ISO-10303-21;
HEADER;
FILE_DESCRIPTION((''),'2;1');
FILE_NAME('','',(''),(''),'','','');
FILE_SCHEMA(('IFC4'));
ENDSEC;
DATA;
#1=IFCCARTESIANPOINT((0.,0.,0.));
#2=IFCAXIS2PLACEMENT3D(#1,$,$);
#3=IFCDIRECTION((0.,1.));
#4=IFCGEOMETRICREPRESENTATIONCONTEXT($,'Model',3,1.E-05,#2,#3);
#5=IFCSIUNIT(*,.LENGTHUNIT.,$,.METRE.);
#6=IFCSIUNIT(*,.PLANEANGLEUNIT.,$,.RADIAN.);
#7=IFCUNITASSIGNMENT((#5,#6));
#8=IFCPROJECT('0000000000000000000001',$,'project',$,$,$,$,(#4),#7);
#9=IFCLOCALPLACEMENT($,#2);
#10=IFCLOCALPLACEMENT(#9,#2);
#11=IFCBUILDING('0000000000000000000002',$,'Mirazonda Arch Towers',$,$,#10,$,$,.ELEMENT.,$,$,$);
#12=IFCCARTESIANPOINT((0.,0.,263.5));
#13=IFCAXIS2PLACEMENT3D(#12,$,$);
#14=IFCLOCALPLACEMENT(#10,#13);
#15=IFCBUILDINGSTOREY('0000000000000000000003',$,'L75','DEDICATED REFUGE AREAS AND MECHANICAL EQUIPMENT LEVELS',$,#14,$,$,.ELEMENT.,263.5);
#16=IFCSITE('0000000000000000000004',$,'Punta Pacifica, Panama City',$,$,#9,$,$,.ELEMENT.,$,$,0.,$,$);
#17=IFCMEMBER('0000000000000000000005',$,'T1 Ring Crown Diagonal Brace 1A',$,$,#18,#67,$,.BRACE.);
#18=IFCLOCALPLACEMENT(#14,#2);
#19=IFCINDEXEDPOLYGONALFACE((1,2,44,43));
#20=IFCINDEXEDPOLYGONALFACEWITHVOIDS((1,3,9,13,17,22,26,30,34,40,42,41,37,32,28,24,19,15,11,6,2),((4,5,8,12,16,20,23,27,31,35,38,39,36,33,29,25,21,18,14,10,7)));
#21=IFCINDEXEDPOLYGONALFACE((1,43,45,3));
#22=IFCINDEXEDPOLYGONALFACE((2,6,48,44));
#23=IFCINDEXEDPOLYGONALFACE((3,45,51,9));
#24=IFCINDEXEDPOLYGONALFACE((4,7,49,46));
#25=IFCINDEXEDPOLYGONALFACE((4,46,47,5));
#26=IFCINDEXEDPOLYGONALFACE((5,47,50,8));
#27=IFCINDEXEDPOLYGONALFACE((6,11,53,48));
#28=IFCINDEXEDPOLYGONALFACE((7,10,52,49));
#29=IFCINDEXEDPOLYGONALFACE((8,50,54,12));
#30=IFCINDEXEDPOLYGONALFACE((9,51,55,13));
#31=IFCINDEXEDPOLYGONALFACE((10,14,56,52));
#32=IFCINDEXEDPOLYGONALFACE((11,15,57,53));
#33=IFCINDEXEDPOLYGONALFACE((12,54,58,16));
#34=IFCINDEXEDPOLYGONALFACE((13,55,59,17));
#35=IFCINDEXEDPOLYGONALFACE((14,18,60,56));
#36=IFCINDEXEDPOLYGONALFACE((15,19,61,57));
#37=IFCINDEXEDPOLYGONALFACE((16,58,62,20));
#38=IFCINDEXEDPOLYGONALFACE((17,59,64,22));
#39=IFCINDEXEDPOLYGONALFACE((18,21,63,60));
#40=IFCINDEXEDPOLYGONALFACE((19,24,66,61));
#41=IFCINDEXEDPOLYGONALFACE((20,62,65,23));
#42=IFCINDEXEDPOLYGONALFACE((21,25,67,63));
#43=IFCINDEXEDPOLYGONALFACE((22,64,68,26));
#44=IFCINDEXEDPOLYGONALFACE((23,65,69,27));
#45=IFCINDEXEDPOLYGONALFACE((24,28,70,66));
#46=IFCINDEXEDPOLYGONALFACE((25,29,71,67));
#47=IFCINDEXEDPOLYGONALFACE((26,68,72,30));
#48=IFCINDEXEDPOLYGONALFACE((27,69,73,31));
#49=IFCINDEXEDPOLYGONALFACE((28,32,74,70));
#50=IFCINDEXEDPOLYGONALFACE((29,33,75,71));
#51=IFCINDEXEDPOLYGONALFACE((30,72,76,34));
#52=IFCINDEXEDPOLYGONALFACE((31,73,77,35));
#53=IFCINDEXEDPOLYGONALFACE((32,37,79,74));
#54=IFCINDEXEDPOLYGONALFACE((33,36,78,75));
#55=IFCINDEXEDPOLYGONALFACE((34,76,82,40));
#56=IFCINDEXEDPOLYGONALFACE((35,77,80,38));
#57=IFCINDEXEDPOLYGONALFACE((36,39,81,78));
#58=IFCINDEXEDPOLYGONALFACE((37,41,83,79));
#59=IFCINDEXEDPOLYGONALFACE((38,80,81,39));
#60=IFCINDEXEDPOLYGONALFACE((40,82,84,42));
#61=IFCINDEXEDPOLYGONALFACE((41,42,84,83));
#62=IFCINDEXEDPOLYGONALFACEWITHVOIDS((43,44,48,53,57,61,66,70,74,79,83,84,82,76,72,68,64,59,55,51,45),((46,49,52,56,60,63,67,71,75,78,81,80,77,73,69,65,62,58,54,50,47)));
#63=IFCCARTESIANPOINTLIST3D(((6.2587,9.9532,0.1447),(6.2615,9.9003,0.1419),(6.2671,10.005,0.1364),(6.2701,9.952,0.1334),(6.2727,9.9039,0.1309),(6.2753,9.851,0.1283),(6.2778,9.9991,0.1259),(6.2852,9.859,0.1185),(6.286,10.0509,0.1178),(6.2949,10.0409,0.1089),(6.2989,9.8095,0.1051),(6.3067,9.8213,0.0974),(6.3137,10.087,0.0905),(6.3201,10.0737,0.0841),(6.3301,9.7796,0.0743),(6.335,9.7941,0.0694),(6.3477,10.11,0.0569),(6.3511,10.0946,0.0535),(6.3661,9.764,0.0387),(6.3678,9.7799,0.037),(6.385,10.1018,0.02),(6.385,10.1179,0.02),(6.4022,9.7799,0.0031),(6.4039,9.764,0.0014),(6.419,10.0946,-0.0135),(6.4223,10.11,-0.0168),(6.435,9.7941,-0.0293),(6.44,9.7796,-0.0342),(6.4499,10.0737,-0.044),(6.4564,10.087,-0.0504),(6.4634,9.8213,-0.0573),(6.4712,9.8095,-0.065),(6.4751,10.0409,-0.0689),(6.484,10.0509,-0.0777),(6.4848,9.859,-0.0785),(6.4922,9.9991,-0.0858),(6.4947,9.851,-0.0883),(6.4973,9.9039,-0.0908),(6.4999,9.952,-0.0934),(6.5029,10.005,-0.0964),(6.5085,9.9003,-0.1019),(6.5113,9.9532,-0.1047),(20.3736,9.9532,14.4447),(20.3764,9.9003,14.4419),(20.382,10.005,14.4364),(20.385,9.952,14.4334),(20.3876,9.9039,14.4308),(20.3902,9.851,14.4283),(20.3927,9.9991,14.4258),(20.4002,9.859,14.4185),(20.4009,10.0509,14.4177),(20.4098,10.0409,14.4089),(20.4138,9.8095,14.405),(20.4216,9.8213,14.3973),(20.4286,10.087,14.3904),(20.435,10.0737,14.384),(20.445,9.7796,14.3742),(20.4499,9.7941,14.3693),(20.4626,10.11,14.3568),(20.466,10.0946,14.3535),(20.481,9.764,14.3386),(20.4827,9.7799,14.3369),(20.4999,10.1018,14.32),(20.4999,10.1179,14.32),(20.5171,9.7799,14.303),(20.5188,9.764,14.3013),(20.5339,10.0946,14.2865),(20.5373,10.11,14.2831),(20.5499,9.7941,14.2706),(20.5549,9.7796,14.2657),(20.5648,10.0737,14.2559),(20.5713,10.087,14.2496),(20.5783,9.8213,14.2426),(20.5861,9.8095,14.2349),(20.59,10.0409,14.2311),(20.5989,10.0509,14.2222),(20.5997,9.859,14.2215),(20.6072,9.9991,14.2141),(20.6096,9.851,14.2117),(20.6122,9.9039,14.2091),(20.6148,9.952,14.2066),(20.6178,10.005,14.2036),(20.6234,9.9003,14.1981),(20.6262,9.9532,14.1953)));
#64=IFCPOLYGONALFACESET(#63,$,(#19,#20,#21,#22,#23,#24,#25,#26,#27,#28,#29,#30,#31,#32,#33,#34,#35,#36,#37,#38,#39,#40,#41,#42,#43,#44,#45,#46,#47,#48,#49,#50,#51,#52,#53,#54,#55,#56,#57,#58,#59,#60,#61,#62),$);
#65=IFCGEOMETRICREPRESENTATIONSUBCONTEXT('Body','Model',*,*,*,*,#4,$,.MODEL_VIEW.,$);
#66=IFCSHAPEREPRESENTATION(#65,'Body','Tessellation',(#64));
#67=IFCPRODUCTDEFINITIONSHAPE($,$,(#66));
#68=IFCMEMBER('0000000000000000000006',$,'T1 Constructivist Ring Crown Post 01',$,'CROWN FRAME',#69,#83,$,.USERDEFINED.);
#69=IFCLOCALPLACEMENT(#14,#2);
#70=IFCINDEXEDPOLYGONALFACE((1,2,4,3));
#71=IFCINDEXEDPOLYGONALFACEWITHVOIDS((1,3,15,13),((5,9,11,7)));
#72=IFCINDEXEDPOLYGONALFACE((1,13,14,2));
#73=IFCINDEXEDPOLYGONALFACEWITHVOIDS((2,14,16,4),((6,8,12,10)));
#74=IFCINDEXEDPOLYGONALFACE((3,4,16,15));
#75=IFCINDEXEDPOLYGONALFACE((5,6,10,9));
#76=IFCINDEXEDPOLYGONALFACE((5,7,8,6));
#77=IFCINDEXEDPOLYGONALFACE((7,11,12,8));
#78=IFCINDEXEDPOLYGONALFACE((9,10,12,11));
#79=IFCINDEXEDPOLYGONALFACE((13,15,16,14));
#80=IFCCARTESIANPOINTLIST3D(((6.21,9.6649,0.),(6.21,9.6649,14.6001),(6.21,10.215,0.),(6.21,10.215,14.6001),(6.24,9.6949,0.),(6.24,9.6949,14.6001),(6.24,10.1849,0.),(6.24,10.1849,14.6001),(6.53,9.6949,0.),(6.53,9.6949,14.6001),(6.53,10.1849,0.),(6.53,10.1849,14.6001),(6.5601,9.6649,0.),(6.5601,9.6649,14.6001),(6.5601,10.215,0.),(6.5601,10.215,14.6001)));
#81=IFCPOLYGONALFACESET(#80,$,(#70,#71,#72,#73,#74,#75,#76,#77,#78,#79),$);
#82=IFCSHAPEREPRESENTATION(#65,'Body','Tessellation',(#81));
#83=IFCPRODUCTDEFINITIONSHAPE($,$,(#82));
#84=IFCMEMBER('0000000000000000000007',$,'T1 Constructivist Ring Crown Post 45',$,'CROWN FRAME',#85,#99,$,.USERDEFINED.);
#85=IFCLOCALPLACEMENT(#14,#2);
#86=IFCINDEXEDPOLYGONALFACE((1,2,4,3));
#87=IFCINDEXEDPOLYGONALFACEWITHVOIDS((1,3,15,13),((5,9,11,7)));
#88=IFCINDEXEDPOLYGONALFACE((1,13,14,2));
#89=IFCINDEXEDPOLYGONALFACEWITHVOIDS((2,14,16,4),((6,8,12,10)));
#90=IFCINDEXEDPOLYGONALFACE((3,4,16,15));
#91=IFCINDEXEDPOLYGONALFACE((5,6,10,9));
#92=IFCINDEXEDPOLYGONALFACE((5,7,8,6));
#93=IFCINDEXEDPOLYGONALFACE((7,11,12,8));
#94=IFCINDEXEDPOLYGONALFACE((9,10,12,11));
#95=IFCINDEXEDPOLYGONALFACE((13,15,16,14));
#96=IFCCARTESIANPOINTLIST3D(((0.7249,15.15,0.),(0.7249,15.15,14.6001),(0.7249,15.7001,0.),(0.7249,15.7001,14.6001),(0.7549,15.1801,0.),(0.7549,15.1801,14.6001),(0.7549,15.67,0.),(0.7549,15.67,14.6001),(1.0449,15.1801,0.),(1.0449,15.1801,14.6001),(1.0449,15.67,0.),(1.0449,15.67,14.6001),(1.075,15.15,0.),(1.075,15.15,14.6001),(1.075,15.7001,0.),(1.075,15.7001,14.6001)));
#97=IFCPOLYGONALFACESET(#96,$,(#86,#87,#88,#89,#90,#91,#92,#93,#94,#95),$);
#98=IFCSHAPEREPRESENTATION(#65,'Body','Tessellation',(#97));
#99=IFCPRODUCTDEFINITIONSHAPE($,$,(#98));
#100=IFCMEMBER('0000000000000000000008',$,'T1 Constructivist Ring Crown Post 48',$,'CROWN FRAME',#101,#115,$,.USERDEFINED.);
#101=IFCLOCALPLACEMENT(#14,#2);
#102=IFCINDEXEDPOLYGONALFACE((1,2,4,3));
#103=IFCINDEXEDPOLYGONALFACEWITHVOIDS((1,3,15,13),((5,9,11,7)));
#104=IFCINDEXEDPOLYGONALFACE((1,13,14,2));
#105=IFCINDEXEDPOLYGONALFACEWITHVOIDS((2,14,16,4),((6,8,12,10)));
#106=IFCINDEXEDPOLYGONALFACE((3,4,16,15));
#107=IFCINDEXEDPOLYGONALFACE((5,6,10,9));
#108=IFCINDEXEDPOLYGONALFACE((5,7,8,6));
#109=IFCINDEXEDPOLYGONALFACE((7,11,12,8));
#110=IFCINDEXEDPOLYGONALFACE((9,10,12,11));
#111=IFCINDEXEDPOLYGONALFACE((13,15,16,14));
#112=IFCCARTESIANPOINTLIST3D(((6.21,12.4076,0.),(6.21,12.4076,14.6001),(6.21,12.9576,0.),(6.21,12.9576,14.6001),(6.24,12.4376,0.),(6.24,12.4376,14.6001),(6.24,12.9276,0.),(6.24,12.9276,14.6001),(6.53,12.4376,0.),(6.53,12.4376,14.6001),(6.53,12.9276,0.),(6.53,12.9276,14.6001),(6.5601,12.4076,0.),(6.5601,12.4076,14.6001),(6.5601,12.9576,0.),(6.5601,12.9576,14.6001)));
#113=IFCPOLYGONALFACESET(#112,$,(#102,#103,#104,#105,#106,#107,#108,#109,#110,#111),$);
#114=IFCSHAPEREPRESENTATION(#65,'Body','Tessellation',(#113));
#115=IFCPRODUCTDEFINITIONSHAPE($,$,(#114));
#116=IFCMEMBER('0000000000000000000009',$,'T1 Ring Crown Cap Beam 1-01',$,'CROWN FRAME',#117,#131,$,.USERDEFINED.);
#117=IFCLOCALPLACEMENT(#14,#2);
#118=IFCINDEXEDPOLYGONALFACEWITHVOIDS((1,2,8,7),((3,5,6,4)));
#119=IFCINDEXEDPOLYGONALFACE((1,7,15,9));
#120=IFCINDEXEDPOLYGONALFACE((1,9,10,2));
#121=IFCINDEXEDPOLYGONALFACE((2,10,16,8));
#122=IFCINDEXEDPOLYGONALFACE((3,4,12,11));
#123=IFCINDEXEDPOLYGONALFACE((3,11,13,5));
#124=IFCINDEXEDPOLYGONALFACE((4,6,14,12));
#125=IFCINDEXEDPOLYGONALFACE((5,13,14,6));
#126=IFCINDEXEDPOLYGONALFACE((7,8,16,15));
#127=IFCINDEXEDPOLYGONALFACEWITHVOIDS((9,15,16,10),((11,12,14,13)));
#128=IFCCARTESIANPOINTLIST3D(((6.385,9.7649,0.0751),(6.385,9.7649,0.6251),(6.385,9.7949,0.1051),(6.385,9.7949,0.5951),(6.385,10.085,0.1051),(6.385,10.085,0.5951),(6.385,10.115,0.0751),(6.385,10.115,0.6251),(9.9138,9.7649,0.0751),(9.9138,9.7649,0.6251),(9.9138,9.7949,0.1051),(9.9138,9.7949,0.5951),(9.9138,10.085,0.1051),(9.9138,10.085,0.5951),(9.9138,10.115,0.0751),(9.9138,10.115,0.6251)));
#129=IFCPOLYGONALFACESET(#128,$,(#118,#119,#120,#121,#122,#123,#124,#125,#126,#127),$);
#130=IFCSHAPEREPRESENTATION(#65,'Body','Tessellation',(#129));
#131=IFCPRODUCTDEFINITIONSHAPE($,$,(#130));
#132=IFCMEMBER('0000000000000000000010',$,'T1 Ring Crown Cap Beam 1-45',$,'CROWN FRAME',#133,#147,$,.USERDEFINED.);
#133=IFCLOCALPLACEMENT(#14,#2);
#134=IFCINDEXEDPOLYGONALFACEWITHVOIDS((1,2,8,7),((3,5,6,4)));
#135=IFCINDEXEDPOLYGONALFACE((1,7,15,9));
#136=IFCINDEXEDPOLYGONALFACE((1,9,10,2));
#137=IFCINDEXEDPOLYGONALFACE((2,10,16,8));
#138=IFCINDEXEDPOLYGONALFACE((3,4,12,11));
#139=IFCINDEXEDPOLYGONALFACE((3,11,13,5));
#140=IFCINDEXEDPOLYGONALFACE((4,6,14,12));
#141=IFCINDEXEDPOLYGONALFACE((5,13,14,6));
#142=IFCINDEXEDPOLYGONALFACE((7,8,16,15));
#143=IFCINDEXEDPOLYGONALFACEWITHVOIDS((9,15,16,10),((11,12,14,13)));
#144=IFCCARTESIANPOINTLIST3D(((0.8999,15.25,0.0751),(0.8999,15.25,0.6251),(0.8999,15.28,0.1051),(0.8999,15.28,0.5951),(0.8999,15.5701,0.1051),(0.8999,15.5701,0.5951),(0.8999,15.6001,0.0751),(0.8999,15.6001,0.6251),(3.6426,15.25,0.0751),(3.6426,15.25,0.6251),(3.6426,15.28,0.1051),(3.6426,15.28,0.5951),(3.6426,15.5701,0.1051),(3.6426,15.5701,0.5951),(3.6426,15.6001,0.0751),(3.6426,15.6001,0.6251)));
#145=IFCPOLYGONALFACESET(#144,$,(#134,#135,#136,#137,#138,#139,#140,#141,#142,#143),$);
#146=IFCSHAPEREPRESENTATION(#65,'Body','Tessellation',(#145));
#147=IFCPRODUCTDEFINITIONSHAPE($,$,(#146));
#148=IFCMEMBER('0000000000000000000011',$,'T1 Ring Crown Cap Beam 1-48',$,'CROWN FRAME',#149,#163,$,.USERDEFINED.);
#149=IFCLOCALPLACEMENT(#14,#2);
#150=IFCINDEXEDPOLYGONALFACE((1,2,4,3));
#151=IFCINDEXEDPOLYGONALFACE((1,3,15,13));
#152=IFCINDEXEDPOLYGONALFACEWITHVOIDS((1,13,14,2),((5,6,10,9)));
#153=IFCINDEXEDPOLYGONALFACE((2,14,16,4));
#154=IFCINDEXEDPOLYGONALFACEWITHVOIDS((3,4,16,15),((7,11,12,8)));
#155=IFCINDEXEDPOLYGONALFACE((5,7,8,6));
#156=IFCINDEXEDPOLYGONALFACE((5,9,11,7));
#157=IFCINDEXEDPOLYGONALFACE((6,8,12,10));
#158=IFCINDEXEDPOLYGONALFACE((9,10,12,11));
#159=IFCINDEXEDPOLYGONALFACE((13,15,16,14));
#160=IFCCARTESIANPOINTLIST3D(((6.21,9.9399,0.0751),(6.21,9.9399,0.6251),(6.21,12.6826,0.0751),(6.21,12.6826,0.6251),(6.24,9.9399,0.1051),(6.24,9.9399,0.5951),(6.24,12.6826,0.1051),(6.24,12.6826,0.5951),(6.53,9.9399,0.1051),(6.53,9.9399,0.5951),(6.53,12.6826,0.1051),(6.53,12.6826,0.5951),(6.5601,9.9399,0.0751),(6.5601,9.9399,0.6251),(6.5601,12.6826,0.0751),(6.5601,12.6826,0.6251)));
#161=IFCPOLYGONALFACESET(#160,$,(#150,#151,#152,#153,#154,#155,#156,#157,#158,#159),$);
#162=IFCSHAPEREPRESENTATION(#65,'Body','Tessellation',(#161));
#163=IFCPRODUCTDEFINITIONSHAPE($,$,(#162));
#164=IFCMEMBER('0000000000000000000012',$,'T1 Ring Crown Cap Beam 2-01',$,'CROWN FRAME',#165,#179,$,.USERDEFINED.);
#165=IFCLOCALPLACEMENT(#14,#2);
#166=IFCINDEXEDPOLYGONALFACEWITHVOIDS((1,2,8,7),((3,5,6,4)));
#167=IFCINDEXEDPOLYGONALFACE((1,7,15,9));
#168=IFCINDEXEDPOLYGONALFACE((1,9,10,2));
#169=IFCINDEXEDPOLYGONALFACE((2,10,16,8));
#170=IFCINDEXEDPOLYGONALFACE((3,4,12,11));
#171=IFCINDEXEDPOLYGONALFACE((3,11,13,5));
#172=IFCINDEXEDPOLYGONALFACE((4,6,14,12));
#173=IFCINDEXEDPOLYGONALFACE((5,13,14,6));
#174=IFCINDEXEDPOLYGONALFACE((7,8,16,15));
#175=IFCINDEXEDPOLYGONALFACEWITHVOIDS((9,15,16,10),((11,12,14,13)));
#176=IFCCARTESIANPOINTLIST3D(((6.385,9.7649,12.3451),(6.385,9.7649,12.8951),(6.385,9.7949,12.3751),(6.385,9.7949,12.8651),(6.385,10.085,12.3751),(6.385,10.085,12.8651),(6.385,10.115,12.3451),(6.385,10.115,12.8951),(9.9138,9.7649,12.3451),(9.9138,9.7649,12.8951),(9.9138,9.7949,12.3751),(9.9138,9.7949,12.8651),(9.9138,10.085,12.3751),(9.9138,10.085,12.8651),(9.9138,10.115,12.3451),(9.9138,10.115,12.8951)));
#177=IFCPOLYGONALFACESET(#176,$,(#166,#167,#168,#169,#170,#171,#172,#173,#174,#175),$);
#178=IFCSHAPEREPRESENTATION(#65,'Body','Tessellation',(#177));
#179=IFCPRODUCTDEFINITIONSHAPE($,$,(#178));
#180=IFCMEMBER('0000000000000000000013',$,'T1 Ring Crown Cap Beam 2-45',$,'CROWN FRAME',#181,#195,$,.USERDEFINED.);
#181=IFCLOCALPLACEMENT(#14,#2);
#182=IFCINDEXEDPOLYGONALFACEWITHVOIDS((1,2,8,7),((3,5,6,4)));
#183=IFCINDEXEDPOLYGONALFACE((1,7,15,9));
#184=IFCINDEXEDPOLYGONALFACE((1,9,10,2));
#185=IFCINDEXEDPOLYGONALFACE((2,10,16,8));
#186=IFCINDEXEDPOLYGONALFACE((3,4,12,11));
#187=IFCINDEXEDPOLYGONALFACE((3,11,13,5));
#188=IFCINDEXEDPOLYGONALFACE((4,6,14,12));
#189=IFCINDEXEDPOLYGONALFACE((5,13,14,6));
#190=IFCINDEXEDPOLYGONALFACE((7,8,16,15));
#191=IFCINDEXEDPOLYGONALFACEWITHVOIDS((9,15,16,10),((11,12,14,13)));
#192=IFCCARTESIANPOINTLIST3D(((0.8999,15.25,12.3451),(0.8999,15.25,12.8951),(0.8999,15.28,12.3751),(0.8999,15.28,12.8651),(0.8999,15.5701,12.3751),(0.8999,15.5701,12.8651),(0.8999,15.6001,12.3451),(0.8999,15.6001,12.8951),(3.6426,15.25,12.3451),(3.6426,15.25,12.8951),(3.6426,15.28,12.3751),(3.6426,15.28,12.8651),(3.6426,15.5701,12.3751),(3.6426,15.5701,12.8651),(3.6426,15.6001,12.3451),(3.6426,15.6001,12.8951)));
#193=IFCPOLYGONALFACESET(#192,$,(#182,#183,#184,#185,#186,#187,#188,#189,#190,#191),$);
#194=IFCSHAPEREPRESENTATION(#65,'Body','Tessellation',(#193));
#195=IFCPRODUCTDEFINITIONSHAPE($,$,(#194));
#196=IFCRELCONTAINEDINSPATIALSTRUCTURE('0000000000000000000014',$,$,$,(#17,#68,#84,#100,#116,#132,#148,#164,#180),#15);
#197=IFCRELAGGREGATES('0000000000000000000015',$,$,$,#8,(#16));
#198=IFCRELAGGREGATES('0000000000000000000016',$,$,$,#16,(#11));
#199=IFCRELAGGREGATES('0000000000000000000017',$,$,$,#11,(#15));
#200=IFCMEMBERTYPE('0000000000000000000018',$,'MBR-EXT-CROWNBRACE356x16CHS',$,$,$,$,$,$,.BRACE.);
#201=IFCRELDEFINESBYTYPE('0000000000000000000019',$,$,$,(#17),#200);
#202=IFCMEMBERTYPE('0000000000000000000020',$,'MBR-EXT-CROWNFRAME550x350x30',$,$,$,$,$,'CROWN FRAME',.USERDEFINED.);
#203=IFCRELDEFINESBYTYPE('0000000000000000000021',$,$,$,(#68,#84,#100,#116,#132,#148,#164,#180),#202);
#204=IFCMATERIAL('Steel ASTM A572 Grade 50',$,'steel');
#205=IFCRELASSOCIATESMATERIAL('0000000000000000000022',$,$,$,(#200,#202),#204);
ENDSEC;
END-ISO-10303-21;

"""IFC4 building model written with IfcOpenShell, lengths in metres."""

from ifc_helpers import new_model, si_unit, direction, frame, origin, origin_2d, place, context, subcontext, project, spatial, hollow_rectangle, hollow_circle, extrude, material, material_profile, profile_set, type_object, element, save


model = new_model("IFC4")

# Units and contexts
model_context = context("Model", 3, precision=1e-05, world=origin(), true_north=direction((0.0, 1.0)))
body_context = subcontext(model_context, "Body", "Model", "MODEL_VIEW")
ifc_project = project(units=[si_unit("LENGTHUNIT", "METRE"), si_unit("PLANEANGLEUNIT", "RADIAN")], contexts=[model_context])

# Site, building, storey
site_placement = place(None, origin())
site = spatial("IfcSite", under=ifc_project, at=site_placement, Name="Punta Pacifica, Panama City", CompositionType="ELEMENT", RefElevation=0.0)
building_placement = place(site_placement, origin())
building = spatial("IfcBuilding", under=site, at=building_placement, Name="Mirazonda Arch Towers", CompositionType="ELEMENT")
storey_placement = place(building_placement, frame((0.0, 0.0, 263.5)))
storey = spatial("IfcBuildingStorey", under=building, at=storey_placement, Name="L75", Description="DEDICATED REFUGE AREAS AND MECHANICAL EQUIPMENT LEVELS", CompositionType="ELEMENT", Elevation=263.5)

# Members
ifc_material_1 = material(Name="Steel ASTM A572 Grade 50", Category="steel")
ifc_material_profile_1 = material_profile(ifc_material_1, hollow_circle(Radius=0.178, WallThickness=0.0161, at=origin_2d()), Name="CROWNBRACE356x16CHS")
ifc_profile_set_1 = profile_set([ifc_material_profile_1], Name="Steel ASTM A572 Grade 50")
member_type_1 = type_object("IfcMemberType", Name="MBR-EXT-CROWNBRACE356x16CHS", PredefinedType="BRACE", material=ifc_profile_set_1)
member_1_placement = place(storey_placement, frame((6.385, 9.9399, 0.02), z_axis=(0.702487, 0.0, 0.711697), x_axis=(0.0, 1.0, 0.0)))
element("IfcMember", 1, at=member_1_placement, inside=storey, type_object=member_type_1, Name="T1 Ring Crown Diagonal Brace 1A", PredefinedType="BRACE", context=body_context, shape_type="SweptSolid", body=[
    extrude(hollow_circle(Radius=0.178, WallThickness=0.0161, at=origin_2d()), origin(), (0.0, 0.0, 1.0), 20.0928),
])
ifc_material_profile_2 = material_profile(ifc_material_1, hollow_rectangle(XDim=0.3501, YDim=0.55, WallThickness=0.03, at=origin_2d()), Name="CROWNFRAME550x350x30")
ifc_profile_set_2 = profile_set([ifc_material_profile_2], Name="Steel ASTM A572 Grade 50")
member_type_2 = type_object("IfcMemberType", Name="MBR-EXT-CROWNFRAME550x350x30", ElementType="CROWN FRAME", PredefinedType="USERDEFINED", material=ifc_profile_set_2)
for number, where, z_axis, x_axis, name in (
    (2, (6.385, 9.9399, 0.0), (0.0, 0.0, 1.0), (1.0, 0.0, 0.0), "T1 Constructivist Ring Crown Post 01"),
    (3, (0.8999, 15.425, 0.0), (0.0, 0.0, 1.0), (1.0, 0.0, 0.0), "T1 Constructivist Ring Crown Post 45"),
    (4, (6.385, 12.6826, 0.0), (0.0, 0.0, 1.0), (1.0, 0.0, 0.0), "T1 Constructivist Ring Crown Post 48"),
):
    element("IfcMember", number, at=place(storey_placement, frame(where, z_axis=z_axis, x_axis=x_axis)), inside=storey, type_object=member_type_2, Name=name, ObjectType="CROWN FRAME", PredefinedType="USERDEFINED", context=body_context, shape_type="SweptSolid", body=[
        extrude(hollow_rectangle(XDim=0.3501, YDim=0.55, WallThickness=0.03, at=origin_2d()), origin(), (0.0, 0.0, 1.0), 14.6001),
    ])
member_2_placement = place(storey_placement, frame((6.385, 9.9399, 0.3501), z_axis=(1.0, 0.0, 0.0), x_axis=(0.0, 1.0, 0.0)))
element("IfcMember", 5, at=member_2_placement, inside=storey, type_object=member_type_2, Name="T1 Ring Crown Cap Beam 1-01", ObjectType="CROWN FRAME", PredefinedType="USERDEFINED", context=body_context, shape_type="SweptSolid", body=[
    extrude(hollow_rectangle(XDim=0.3501, YDim=0.55, WallThickness=0.03, at=origin_2d()), origin(), (0.0, 0.0, 1.0), 3.5288),
])
for number, where, z_axis, x_axis, name in (
    (6, (0.8999, 15.425, 0.3501), (1.0, 0.0, 0.0), (0.0, 1.0, 0.0), "T1 Ring Crown Cap Beam 1-45"),
    (7, (6.385, 12.6826, 0.3501), (0.0, -1.0, 0.0), (1.0, 0.0, 0.0), "T1 Ring Crown Cap Beam 1-48"),
):
    element("IfcMember", number, at=place(storey_placement, frame(where, z_axis=z_axis, x_axis=x_axis)), inside=storey, type_object=member_type_2, Name=name, ObjectType="CROWN FRAME", PredefinedType="USERDEFINED", context=body_context, shape_type="SweptSolid", body=[
        extrude(hollow_rectangle(XDim=0.3501, YDim=0.55, WallThickness=0.03, at=origin_2d()), origin(), (0.0, 0.0, 1.0), 2.7427),
    ])
member_3_placement = place(storey_placement, frame((6.385, 9.9399, 12.6201), z_axis=(1.0, 0.0, 0.0), x_axis=(0.0, 1.0, 0.0)))
element("IfcMember", 8, at=member_3_placement, inside=storey, type_object=member_type_2, Name="T1 Ring Crown Cap Beam 2-01", ObjectType="CROWN FRAME", PredefinedType="USERDEFINED", context=body_context, shape_type="SweptSolid", body=[
    extrude(hollow_rectangle(XDim=0.3501, YDim=0.55, WallThickness=0.03, at=origin_2d()), origin(), (0.0, 0.0, 1.0), 3.5288),
])
for number, where, z_axis, x_axis, name in (
    (9, (0.8999, 15.425, 12.6201), (1.0, 0.0, 0.0), (0.0, 1.0, 0.0), "T1 Ring Crown Cap Beam 2-45"),
):
    element("IfcMember", number, at=place(storey_placement, frame(where, z_axis=z_axis, x_axis=x_axis)), inside=storey, type_object=member_type_2, Name=name, ObjectType="CROWN FRAME", PredefinedType="USERDEFINED", context=body_context, shape_type="SweptSolid", body=[
        extrude(hollow_rectangle(XDim=0.3501, YDim=0.55, WallThickness=0.03, at=origin_2d()), origin(), (0.0, 0.0, 1.0), 2.7427),
    ])

save(model, "model.ifc")
